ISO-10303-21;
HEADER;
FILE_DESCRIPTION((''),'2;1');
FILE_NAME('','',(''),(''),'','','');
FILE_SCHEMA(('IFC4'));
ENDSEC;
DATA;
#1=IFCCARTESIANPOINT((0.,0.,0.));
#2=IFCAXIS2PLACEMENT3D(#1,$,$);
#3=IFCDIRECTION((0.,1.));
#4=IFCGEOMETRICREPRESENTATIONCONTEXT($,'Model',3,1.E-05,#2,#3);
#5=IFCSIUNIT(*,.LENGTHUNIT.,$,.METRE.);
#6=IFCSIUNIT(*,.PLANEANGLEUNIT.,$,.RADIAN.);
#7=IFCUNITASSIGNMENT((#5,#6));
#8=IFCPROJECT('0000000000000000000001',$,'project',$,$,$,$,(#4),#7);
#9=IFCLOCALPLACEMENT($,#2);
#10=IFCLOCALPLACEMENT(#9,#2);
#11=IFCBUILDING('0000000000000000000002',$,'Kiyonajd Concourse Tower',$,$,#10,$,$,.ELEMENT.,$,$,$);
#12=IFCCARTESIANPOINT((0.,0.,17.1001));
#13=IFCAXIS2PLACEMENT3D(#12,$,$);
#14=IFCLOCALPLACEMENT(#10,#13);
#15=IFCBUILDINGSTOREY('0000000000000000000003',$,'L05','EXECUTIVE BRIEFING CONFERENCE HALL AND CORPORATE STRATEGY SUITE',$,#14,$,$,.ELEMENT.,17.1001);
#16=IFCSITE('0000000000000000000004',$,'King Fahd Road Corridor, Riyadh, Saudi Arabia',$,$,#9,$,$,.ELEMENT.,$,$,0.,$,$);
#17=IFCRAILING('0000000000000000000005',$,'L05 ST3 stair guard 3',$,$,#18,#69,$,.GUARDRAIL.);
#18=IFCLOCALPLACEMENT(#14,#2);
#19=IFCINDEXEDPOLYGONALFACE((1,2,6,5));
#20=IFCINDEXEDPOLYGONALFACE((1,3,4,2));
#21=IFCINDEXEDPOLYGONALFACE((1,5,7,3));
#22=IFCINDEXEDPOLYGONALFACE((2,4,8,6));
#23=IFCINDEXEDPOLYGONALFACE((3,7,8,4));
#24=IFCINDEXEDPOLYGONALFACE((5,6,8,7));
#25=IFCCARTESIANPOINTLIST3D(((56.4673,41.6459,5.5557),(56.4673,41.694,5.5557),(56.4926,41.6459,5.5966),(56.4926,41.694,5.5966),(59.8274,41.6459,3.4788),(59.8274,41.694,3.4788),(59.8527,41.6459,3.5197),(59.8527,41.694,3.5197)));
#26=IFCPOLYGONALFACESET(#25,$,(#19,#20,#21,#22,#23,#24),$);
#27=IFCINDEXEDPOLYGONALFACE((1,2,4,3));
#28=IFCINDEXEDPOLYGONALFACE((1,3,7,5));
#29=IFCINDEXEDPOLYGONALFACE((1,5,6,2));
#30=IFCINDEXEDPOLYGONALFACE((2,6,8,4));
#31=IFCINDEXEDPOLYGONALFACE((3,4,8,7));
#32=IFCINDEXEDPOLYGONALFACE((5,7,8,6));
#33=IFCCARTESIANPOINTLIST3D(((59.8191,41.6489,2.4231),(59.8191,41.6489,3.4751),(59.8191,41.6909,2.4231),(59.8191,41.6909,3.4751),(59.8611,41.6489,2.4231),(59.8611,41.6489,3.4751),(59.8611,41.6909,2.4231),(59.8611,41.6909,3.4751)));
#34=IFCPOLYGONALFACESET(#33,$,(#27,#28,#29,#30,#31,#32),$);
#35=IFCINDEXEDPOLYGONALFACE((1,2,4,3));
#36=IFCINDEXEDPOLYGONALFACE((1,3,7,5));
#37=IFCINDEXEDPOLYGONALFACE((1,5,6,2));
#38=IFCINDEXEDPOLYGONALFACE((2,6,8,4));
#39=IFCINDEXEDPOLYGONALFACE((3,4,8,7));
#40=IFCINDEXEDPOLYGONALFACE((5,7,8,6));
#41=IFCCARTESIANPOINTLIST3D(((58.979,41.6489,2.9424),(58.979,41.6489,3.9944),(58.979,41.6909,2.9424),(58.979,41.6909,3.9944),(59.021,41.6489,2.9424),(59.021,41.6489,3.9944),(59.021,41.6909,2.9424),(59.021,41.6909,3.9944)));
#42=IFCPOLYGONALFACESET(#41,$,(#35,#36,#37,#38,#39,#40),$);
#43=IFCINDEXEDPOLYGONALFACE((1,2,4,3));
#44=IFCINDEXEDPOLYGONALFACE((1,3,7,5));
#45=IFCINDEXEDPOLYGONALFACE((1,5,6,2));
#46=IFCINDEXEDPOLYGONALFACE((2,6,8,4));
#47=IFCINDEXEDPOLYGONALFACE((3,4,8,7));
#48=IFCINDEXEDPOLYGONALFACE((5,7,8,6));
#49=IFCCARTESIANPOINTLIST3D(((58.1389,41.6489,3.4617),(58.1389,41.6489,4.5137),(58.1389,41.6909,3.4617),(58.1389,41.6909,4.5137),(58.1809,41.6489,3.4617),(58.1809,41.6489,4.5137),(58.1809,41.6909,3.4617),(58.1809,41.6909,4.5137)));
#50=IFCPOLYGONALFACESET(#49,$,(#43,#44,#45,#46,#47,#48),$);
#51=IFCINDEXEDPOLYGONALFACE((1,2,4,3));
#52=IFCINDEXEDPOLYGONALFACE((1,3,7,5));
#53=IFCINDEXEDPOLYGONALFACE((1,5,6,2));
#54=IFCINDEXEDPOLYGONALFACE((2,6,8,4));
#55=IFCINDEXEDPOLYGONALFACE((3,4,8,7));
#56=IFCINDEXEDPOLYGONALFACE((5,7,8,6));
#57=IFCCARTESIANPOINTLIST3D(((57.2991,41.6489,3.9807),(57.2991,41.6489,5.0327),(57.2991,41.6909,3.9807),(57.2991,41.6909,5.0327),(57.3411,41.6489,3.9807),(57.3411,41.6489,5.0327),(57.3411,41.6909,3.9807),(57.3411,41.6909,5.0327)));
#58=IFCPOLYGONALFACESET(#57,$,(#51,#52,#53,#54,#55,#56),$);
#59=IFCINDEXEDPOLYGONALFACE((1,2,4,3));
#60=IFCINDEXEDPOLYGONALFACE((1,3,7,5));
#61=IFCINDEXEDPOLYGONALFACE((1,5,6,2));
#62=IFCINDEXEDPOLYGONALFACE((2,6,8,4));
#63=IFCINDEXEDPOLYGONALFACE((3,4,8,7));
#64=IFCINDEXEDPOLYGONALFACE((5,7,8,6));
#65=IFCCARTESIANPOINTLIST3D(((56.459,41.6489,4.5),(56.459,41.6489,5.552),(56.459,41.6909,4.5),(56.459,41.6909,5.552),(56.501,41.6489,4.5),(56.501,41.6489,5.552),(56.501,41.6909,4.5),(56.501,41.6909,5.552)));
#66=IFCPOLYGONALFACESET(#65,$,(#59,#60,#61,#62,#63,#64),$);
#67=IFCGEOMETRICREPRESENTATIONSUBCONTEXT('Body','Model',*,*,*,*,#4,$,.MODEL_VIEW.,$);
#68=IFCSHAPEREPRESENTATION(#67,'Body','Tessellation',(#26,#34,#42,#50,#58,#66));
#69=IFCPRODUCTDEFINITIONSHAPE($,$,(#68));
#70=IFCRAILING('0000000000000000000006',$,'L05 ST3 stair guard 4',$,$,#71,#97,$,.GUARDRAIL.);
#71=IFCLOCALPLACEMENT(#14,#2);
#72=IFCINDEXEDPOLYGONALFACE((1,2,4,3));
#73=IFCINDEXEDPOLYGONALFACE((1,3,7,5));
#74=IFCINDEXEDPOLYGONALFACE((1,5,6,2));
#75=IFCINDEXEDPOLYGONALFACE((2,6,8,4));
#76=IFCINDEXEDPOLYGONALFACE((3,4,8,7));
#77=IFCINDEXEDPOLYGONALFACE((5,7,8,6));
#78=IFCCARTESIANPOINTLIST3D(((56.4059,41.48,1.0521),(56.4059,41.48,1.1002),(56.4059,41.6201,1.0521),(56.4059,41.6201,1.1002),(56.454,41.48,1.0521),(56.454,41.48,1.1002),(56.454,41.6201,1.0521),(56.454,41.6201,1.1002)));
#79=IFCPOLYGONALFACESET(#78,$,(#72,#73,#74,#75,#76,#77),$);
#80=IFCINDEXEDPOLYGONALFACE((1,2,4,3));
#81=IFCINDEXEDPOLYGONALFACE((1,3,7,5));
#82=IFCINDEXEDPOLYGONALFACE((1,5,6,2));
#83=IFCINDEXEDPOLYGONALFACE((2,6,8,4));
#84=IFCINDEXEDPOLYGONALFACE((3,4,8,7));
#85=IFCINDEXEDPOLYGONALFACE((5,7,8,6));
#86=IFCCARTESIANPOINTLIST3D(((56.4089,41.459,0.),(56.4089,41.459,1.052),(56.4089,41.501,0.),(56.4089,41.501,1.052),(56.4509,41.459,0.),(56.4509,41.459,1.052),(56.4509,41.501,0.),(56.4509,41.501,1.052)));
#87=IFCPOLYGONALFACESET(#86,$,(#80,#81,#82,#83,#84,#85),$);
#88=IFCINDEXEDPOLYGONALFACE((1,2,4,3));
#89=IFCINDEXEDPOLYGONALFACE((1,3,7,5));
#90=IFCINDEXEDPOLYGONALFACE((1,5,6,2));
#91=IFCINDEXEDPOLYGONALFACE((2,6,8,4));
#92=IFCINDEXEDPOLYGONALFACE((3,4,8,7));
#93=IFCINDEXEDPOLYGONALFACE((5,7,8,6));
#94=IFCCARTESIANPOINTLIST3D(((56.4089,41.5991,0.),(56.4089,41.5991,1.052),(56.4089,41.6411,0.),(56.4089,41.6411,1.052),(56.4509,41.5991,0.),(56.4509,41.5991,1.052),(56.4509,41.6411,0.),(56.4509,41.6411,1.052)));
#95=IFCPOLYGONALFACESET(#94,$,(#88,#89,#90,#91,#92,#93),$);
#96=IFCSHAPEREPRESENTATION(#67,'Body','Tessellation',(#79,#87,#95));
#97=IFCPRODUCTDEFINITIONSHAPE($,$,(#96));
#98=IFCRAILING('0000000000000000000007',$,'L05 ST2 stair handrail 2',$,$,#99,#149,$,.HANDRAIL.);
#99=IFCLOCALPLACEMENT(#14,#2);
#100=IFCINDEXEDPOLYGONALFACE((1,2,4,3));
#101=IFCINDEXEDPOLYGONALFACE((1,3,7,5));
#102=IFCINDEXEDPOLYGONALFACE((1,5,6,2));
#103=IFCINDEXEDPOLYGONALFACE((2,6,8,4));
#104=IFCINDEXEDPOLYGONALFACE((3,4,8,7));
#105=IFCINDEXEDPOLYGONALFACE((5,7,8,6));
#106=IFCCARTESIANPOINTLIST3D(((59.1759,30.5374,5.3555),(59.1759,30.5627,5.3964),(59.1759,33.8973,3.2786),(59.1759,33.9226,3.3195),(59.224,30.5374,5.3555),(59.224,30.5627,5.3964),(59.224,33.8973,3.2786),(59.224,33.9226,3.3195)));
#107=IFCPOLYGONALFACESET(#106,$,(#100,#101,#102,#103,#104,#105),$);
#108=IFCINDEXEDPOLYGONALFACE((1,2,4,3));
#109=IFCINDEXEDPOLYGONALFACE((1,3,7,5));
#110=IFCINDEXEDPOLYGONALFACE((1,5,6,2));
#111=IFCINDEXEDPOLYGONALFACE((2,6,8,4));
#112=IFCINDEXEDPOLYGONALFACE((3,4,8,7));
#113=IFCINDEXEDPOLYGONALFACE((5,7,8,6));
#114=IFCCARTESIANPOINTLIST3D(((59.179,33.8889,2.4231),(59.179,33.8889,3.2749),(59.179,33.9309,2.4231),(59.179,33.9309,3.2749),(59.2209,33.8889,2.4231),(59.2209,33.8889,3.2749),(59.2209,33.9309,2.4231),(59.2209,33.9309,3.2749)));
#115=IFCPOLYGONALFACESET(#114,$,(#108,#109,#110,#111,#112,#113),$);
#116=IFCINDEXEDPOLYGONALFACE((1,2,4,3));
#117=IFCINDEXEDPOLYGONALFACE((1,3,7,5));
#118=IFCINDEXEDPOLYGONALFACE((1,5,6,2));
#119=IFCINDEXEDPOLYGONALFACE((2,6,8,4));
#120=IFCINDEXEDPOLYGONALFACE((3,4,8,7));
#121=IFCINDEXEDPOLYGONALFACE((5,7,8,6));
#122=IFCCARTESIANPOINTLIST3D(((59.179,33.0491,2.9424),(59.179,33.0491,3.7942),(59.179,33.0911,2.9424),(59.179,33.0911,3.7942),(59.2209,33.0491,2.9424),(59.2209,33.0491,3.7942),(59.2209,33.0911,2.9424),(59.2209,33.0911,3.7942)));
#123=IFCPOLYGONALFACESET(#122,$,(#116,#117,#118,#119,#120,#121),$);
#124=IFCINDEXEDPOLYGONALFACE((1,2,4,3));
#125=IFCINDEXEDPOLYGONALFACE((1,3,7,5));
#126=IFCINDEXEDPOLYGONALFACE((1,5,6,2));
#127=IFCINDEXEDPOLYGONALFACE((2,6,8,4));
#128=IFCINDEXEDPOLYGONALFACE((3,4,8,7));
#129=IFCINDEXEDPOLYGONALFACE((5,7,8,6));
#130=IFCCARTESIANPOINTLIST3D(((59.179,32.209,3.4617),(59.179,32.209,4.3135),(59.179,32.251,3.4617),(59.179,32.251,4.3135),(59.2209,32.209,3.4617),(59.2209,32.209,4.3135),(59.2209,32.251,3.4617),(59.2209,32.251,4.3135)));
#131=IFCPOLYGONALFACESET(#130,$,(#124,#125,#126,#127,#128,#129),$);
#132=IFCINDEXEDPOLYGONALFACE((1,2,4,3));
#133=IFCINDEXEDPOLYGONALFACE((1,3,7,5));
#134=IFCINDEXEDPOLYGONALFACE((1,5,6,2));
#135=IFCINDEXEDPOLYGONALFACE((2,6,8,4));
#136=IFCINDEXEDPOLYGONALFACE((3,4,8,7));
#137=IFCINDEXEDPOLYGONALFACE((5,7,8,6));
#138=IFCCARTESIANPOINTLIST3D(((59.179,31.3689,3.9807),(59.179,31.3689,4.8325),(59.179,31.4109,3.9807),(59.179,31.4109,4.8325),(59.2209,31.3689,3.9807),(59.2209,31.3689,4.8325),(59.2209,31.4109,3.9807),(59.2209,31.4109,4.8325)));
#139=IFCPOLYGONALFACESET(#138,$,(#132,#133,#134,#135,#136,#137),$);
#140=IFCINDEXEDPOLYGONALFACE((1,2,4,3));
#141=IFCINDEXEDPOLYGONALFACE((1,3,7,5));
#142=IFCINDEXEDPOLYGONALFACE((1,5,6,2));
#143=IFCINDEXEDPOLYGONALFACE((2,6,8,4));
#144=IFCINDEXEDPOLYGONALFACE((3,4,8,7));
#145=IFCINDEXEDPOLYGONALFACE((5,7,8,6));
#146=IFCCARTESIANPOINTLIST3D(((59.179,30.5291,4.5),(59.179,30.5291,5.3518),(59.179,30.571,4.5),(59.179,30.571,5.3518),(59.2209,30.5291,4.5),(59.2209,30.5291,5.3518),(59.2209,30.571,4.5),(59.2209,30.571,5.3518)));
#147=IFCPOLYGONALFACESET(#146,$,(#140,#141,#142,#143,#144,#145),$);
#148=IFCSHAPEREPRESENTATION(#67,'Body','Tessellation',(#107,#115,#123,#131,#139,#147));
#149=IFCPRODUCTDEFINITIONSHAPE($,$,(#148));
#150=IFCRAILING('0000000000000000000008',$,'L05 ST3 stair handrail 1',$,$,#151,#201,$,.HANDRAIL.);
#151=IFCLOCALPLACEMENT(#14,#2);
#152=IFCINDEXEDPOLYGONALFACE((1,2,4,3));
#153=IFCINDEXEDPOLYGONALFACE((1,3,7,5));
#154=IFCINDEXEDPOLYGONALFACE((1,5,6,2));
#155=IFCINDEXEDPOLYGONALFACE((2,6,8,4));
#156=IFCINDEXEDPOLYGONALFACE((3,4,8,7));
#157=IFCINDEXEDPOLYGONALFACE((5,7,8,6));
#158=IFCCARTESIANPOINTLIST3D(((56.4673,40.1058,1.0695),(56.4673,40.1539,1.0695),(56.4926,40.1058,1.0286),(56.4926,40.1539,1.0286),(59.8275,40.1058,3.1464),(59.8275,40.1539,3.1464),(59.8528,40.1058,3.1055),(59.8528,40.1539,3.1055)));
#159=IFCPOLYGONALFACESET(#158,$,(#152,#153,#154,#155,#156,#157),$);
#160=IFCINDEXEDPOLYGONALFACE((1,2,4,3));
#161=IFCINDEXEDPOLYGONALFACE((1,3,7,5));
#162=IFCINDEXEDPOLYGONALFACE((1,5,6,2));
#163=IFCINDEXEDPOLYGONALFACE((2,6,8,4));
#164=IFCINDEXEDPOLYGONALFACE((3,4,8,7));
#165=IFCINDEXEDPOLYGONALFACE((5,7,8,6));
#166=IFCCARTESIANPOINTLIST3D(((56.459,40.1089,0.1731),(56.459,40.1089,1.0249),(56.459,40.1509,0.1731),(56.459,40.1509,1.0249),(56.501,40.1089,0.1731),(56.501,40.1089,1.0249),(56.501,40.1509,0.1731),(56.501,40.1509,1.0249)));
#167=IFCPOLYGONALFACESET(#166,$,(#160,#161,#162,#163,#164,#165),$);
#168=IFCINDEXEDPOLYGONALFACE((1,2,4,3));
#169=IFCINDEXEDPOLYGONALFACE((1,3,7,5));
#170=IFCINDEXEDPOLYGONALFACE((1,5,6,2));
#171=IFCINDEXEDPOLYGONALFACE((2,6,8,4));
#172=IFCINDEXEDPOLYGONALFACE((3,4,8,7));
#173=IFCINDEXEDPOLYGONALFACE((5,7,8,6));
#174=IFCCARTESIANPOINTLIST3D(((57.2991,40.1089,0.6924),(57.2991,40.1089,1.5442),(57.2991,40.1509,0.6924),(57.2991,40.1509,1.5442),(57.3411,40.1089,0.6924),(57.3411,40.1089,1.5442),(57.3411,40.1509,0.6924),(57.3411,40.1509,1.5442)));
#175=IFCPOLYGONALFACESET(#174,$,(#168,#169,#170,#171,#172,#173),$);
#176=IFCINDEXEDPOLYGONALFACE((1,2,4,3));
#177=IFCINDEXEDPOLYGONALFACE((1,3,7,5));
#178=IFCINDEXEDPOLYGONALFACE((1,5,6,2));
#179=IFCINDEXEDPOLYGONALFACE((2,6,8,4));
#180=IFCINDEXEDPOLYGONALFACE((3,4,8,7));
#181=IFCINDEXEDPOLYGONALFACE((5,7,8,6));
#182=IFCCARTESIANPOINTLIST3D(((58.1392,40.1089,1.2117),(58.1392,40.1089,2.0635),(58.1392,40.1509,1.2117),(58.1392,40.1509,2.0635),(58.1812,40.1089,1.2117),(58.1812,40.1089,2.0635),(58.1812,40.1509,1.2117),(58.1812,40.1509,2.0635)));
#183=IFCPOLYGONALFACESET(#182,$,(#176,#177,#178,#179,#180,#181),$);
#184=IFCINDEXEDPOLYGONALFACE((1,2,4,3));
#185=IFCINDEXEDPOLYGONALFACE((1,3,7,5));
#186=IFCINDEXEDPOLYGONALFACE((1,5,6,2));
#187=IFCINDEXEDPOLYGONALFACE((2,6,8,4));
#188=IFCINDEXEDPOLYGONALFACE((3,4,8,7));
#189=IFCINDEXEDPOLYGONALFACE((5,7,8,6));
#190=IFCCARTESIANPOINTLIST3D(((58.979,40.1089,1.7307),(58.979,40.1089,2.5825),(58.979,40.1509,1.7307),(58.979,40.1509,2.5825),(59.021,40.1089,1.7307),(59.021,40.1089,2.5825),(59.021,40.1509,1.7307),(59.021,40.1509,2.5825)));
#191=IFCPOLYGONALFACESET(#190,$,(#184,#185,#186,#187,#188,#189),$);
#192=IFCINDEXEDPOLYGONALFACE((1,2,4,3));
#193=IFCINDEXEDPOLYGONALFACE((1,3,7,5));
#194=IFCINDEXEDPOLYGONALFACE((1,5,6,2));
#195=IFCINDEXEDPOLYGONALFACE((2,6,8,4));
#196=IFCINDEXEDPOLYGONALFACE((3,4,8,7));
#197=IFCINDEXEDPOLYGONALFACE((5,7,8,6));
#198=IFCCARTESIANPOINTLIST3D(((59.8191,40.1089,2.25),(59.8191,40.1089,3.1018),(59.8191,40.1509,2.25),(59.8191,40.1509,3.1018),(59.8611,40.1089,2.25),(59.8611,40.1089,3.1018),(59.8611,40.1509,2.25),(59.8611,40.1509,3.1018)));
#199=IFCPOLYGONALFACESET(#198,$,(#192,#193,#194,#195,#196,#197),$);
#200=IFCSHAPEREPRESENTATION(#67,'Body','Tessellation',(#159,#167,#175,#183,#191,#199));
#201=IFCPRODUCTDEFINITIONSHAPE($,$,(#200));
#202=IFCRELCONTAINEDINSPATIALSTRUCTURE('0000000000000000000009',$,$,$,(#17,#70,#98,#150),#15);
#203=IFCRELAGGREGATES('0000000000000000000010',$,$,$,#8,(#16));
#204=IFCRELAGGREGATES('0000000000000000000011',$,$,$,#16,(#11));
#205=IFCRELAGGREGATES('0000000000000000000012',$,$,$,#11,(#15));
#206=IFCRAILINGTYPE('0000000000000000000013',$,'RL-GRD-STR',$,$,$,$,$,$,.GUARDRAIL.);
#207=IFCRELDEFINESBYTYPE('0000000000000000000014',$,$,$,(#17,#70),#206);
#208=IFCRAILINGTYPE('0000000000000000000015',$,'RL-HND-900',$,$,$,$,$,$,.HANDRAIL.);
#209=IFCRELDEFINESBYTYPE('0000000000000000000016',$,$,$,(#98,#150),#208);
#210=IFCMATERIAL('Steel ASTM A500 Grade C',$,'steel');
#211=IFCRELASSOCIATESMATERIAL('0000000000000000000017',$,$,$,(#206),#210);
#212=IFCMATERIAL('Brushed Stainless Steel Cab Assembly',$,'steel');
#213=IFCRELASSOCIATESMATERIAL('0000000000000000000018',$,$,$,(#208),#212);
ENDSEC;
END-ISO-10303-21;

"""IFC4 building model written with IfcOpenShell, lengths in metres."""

from ifc_helpers import new_model, si_unit, direction, frame, origin, origin_2d, place, context, subcontext, project, spatial, rectangle, extrude, material, type_object, element, save


model = new_model("IFC4")

# Units and contexts
model_context = context("Model", 3, precision=1e-05, world=origin(), true_north=direction((0.0, 1.0)))
body_context = subcontext(model_context, "Body", "Model", "MODEL_VIEW")
ifc_project = project(units=[si_unit("LENGTHUNIT", "METRE"), si_unit("PLANEANGLEUNIT", "RADIAN")], contexts=[model_context])

# Site, building, storey
site_placement = place(None, origin())
site = spatial("IfcSite", under=ifc_project, at=site_placement, Name="King Fahd Road Corridor, Riyadh, Saudi Arabia", CompositionType="ELEMENT", RefElevation=0.0)
building_placement = place(site_placement, origin())
building = spatial("IfcBuilding", under=site, at=building_placement, Name="Kiyonajd Concourse Tower", CompositionType="ELEMENT")
storey_placement = place(building_placement, frame((0.0, 0.0, 17.1001)))
storey = spatial("IfcBuildingStorey", under=building, at=storey_placement, Name="L05", Description="EXECUTIVE BRIEFING CONFERENCE HALL AND CORPORATE STRATEGY SUITE", CompositionType="ELEMENT", Elevation=17.1001)

# Railings
ifc_material_1 = material(Name="Steel ASTM A500 Grade C", Category="steel")
railing_type_1 = type_object("IfcRailingType", Name="RL-GRD-STR", PredefinedType="GUARDRAIL", material=ifc_material_1)
railing_1_placement = place(storey_placement, frame((59.8401, 41.6699, 2.4231)))
element("IfcRailing", 1, at=railing_1_placement, inside=storey, type_object=railing_type_1, Name="L05 ST3 stair guard 3", PredefinedType="GUARDRAIL", context=body_context, shape_type="SweptSolid", body=[
    extrude(rectangle(XDim=0.0481, YDim=0.0481, at=origin_2d()), frame((0.0, 0.0, 1.0762), z_axis=(-0.850623, 0.0, 0.525776), x_axis=(0.0, -1.0, 0.0)), (0.0, 0.0, 1.0), 3.9502),
    extrude(rectangle(XDim=0.042, YDim=0.042, at=origin_2d()), origin(), (0.0, 0.0, 1.0), 1.052),
    extrude(rectangle(XDim=0.042, YDim=0.042, at=origin_2d()), frame((-0.8401, 0.0, 0.5193)), (0.0, 0.0, 1.0), 1.052),
    extrude(rectangle(XDim=0.042, YDim=0.042, at=origin_2d()), frame((-1.6802, 0.0, 1.0386)), (0.0, 0.0, 1.0), 1.052),
    extrude(rectangle(XDim=0.042, YDim=0.042, at=origin_2d()), frame((-2.52, 0.0, 1.5576)), (0.0, 0.0, 1.0), 1.052),
    extrude(rectangle(XDim=0.042, YDim=0.042, at=origin_2d()), frame((-3.3601, 0.0, 2.0769)), (0.0, 0.0, 1.0), 1.052),
])
railing_2_placement = place(storey_placement, frame((56.4299, 41.48, 0.0)))
element("IfcRailing", 2, at=railing_2_placement, inside=storey, type_object=railing_type_1, Name="L05 ST3 stair guard 4", PredefinedType="GUARDRAIL", context=body_context, shape_type="SweptSolid", body=[
    extrude(rectangle(XDim=0.0481, YDim=0.0481, at=origin_2d()), frame((0.0, 0.0, 1.0762), z_axis=(0.0, 1.0, 0.0), x_axis=(-1.0, 0.0, 0.0)), (0.0, 0.0, 1.0), 0.1401),
    extrude(rectangle(XDim=0.042, YDim=0.042, at=origin_2d()), origin(), (0.0, 0.0, 1.0), 1.052),
    extrude(rectangle(XDim=0.042, YDim=0.042, at=origin_2d()), frame((0.0, 0.1401, 0.0)), (0.0, 0.0, 1.0), 1.052),
])
ifc_material_2 = material(Name="Brushed Stainless Steel Cab Assembly", Category="steel")
railing_type_2 = type_object("IfcRailingType", Name="RL-HND-900", PredefinedType="HANDRAIL", material=ifc_material_2)
railing_3_placement = place(storey_placement, frame((59.2, 33.9099, 2.4231)))
element("IfcRailing", 3, at=railing_3_placement, inside=storey, type_object=railing_type_2, Name="L05 ST2 stair handrail 2", PredefinedType="HANDRAIL", context=body_context, shape_type="SweptSolid", body=[
    extrude(rectangle(XDim=0.0481, YDim=0.0481, at=origin_2d()), frame((0.0, 0.0, 0.876), z_axis=(0.0, -0.850606, 0.525803), x_axis=(1.0, 0.0, 0.0)), (0.0, 0.0, 1.0), 3.95),
    extrude(rectangle(XDim=0.042, YDim=0.042, at=origin_2d()), origin(), (0.0, 0.0, 1.0), 0.8518),
    extrude(rectangle(XDim=0.042, YDim=0.042, at=origin_2d()), frame((0.0, -0.8398, 0.5193)), (0.0, 0.0, 1.0), 0.8518),
    extrude(rectangle(XDim=0.042, YDim=0.042, at=origin_2d()), frame((0.0, -1.6799, 1.0386)), (0.0, 0.0, 1.0), 0.8518),
    extrude(rectangle(XDim=0.042, YDim=0.042, at=origin_2d()), frame((0.0, -2.52, 1.5576)), (0.0, 0.0, 1.0), 0.8518),
    extrude(rectangle(XDim=0.042, YDim=0.042, at=origin_2d()), frame((0.0, -3.3599, 2.0769)), (0.0, 0.0, 1.0), 0.8518),
])
railing_4_placement = place(storey_placement, frame((56.48, 40.1299, 0.1731)))
element("IfcRailing", 4, at=railing_4_placement, inside=storey, type_object=railing_type_2, Name="L05 ST3 stair handrail 1", PredefinedType="HANDRAIL", context=body_context, shape_type="SweptSolid", body=[
    extrude(rectangle(XDim=0.0481, YDim=0.0481, at=origin_2d()), frame((0.0, 0.0, 0.876), z_axis=(0.850623, 0.0, 0.525776), x_axis=(0.0, 1.0, 0.0)), (0.0, 0.0, 1.0), 3.9502),
    extrude(rectangle(XDim=0.042, YDim=0.042, at=origin_2d()), origin(), (0.0, 0.0, 1.0), 0.8518),
    extrude(rectangle(XDim=0.042, YDim=0.042, at=origin_2d()), frame((0.8401, 0.0, 0.5193)), (0.0, 0.0, 1.0), 0.8518),
    extrude(rectangle(XDim=0.042, YDim=0.042, at=origin_2d()), frame((1.6802, 0.0, 1.0386)), (0.0, 0.0, 1.0), 0.8518),
    extrude(rectangle(XDim=0.042, YDim=0.042, at=origin_2d()), frame((2.52, 0.0, 1.5576)), (0.0, 0.0, 1.0), 0.8518),
    extrude(rectangle(XDim=0.042, YDim=0.042, at=origin_2d()), frame((3.3601, 0.0, 2.0769)), (0.0, 0.0, 1.0), 0.8518),
])

save(model, "model.ifc")
